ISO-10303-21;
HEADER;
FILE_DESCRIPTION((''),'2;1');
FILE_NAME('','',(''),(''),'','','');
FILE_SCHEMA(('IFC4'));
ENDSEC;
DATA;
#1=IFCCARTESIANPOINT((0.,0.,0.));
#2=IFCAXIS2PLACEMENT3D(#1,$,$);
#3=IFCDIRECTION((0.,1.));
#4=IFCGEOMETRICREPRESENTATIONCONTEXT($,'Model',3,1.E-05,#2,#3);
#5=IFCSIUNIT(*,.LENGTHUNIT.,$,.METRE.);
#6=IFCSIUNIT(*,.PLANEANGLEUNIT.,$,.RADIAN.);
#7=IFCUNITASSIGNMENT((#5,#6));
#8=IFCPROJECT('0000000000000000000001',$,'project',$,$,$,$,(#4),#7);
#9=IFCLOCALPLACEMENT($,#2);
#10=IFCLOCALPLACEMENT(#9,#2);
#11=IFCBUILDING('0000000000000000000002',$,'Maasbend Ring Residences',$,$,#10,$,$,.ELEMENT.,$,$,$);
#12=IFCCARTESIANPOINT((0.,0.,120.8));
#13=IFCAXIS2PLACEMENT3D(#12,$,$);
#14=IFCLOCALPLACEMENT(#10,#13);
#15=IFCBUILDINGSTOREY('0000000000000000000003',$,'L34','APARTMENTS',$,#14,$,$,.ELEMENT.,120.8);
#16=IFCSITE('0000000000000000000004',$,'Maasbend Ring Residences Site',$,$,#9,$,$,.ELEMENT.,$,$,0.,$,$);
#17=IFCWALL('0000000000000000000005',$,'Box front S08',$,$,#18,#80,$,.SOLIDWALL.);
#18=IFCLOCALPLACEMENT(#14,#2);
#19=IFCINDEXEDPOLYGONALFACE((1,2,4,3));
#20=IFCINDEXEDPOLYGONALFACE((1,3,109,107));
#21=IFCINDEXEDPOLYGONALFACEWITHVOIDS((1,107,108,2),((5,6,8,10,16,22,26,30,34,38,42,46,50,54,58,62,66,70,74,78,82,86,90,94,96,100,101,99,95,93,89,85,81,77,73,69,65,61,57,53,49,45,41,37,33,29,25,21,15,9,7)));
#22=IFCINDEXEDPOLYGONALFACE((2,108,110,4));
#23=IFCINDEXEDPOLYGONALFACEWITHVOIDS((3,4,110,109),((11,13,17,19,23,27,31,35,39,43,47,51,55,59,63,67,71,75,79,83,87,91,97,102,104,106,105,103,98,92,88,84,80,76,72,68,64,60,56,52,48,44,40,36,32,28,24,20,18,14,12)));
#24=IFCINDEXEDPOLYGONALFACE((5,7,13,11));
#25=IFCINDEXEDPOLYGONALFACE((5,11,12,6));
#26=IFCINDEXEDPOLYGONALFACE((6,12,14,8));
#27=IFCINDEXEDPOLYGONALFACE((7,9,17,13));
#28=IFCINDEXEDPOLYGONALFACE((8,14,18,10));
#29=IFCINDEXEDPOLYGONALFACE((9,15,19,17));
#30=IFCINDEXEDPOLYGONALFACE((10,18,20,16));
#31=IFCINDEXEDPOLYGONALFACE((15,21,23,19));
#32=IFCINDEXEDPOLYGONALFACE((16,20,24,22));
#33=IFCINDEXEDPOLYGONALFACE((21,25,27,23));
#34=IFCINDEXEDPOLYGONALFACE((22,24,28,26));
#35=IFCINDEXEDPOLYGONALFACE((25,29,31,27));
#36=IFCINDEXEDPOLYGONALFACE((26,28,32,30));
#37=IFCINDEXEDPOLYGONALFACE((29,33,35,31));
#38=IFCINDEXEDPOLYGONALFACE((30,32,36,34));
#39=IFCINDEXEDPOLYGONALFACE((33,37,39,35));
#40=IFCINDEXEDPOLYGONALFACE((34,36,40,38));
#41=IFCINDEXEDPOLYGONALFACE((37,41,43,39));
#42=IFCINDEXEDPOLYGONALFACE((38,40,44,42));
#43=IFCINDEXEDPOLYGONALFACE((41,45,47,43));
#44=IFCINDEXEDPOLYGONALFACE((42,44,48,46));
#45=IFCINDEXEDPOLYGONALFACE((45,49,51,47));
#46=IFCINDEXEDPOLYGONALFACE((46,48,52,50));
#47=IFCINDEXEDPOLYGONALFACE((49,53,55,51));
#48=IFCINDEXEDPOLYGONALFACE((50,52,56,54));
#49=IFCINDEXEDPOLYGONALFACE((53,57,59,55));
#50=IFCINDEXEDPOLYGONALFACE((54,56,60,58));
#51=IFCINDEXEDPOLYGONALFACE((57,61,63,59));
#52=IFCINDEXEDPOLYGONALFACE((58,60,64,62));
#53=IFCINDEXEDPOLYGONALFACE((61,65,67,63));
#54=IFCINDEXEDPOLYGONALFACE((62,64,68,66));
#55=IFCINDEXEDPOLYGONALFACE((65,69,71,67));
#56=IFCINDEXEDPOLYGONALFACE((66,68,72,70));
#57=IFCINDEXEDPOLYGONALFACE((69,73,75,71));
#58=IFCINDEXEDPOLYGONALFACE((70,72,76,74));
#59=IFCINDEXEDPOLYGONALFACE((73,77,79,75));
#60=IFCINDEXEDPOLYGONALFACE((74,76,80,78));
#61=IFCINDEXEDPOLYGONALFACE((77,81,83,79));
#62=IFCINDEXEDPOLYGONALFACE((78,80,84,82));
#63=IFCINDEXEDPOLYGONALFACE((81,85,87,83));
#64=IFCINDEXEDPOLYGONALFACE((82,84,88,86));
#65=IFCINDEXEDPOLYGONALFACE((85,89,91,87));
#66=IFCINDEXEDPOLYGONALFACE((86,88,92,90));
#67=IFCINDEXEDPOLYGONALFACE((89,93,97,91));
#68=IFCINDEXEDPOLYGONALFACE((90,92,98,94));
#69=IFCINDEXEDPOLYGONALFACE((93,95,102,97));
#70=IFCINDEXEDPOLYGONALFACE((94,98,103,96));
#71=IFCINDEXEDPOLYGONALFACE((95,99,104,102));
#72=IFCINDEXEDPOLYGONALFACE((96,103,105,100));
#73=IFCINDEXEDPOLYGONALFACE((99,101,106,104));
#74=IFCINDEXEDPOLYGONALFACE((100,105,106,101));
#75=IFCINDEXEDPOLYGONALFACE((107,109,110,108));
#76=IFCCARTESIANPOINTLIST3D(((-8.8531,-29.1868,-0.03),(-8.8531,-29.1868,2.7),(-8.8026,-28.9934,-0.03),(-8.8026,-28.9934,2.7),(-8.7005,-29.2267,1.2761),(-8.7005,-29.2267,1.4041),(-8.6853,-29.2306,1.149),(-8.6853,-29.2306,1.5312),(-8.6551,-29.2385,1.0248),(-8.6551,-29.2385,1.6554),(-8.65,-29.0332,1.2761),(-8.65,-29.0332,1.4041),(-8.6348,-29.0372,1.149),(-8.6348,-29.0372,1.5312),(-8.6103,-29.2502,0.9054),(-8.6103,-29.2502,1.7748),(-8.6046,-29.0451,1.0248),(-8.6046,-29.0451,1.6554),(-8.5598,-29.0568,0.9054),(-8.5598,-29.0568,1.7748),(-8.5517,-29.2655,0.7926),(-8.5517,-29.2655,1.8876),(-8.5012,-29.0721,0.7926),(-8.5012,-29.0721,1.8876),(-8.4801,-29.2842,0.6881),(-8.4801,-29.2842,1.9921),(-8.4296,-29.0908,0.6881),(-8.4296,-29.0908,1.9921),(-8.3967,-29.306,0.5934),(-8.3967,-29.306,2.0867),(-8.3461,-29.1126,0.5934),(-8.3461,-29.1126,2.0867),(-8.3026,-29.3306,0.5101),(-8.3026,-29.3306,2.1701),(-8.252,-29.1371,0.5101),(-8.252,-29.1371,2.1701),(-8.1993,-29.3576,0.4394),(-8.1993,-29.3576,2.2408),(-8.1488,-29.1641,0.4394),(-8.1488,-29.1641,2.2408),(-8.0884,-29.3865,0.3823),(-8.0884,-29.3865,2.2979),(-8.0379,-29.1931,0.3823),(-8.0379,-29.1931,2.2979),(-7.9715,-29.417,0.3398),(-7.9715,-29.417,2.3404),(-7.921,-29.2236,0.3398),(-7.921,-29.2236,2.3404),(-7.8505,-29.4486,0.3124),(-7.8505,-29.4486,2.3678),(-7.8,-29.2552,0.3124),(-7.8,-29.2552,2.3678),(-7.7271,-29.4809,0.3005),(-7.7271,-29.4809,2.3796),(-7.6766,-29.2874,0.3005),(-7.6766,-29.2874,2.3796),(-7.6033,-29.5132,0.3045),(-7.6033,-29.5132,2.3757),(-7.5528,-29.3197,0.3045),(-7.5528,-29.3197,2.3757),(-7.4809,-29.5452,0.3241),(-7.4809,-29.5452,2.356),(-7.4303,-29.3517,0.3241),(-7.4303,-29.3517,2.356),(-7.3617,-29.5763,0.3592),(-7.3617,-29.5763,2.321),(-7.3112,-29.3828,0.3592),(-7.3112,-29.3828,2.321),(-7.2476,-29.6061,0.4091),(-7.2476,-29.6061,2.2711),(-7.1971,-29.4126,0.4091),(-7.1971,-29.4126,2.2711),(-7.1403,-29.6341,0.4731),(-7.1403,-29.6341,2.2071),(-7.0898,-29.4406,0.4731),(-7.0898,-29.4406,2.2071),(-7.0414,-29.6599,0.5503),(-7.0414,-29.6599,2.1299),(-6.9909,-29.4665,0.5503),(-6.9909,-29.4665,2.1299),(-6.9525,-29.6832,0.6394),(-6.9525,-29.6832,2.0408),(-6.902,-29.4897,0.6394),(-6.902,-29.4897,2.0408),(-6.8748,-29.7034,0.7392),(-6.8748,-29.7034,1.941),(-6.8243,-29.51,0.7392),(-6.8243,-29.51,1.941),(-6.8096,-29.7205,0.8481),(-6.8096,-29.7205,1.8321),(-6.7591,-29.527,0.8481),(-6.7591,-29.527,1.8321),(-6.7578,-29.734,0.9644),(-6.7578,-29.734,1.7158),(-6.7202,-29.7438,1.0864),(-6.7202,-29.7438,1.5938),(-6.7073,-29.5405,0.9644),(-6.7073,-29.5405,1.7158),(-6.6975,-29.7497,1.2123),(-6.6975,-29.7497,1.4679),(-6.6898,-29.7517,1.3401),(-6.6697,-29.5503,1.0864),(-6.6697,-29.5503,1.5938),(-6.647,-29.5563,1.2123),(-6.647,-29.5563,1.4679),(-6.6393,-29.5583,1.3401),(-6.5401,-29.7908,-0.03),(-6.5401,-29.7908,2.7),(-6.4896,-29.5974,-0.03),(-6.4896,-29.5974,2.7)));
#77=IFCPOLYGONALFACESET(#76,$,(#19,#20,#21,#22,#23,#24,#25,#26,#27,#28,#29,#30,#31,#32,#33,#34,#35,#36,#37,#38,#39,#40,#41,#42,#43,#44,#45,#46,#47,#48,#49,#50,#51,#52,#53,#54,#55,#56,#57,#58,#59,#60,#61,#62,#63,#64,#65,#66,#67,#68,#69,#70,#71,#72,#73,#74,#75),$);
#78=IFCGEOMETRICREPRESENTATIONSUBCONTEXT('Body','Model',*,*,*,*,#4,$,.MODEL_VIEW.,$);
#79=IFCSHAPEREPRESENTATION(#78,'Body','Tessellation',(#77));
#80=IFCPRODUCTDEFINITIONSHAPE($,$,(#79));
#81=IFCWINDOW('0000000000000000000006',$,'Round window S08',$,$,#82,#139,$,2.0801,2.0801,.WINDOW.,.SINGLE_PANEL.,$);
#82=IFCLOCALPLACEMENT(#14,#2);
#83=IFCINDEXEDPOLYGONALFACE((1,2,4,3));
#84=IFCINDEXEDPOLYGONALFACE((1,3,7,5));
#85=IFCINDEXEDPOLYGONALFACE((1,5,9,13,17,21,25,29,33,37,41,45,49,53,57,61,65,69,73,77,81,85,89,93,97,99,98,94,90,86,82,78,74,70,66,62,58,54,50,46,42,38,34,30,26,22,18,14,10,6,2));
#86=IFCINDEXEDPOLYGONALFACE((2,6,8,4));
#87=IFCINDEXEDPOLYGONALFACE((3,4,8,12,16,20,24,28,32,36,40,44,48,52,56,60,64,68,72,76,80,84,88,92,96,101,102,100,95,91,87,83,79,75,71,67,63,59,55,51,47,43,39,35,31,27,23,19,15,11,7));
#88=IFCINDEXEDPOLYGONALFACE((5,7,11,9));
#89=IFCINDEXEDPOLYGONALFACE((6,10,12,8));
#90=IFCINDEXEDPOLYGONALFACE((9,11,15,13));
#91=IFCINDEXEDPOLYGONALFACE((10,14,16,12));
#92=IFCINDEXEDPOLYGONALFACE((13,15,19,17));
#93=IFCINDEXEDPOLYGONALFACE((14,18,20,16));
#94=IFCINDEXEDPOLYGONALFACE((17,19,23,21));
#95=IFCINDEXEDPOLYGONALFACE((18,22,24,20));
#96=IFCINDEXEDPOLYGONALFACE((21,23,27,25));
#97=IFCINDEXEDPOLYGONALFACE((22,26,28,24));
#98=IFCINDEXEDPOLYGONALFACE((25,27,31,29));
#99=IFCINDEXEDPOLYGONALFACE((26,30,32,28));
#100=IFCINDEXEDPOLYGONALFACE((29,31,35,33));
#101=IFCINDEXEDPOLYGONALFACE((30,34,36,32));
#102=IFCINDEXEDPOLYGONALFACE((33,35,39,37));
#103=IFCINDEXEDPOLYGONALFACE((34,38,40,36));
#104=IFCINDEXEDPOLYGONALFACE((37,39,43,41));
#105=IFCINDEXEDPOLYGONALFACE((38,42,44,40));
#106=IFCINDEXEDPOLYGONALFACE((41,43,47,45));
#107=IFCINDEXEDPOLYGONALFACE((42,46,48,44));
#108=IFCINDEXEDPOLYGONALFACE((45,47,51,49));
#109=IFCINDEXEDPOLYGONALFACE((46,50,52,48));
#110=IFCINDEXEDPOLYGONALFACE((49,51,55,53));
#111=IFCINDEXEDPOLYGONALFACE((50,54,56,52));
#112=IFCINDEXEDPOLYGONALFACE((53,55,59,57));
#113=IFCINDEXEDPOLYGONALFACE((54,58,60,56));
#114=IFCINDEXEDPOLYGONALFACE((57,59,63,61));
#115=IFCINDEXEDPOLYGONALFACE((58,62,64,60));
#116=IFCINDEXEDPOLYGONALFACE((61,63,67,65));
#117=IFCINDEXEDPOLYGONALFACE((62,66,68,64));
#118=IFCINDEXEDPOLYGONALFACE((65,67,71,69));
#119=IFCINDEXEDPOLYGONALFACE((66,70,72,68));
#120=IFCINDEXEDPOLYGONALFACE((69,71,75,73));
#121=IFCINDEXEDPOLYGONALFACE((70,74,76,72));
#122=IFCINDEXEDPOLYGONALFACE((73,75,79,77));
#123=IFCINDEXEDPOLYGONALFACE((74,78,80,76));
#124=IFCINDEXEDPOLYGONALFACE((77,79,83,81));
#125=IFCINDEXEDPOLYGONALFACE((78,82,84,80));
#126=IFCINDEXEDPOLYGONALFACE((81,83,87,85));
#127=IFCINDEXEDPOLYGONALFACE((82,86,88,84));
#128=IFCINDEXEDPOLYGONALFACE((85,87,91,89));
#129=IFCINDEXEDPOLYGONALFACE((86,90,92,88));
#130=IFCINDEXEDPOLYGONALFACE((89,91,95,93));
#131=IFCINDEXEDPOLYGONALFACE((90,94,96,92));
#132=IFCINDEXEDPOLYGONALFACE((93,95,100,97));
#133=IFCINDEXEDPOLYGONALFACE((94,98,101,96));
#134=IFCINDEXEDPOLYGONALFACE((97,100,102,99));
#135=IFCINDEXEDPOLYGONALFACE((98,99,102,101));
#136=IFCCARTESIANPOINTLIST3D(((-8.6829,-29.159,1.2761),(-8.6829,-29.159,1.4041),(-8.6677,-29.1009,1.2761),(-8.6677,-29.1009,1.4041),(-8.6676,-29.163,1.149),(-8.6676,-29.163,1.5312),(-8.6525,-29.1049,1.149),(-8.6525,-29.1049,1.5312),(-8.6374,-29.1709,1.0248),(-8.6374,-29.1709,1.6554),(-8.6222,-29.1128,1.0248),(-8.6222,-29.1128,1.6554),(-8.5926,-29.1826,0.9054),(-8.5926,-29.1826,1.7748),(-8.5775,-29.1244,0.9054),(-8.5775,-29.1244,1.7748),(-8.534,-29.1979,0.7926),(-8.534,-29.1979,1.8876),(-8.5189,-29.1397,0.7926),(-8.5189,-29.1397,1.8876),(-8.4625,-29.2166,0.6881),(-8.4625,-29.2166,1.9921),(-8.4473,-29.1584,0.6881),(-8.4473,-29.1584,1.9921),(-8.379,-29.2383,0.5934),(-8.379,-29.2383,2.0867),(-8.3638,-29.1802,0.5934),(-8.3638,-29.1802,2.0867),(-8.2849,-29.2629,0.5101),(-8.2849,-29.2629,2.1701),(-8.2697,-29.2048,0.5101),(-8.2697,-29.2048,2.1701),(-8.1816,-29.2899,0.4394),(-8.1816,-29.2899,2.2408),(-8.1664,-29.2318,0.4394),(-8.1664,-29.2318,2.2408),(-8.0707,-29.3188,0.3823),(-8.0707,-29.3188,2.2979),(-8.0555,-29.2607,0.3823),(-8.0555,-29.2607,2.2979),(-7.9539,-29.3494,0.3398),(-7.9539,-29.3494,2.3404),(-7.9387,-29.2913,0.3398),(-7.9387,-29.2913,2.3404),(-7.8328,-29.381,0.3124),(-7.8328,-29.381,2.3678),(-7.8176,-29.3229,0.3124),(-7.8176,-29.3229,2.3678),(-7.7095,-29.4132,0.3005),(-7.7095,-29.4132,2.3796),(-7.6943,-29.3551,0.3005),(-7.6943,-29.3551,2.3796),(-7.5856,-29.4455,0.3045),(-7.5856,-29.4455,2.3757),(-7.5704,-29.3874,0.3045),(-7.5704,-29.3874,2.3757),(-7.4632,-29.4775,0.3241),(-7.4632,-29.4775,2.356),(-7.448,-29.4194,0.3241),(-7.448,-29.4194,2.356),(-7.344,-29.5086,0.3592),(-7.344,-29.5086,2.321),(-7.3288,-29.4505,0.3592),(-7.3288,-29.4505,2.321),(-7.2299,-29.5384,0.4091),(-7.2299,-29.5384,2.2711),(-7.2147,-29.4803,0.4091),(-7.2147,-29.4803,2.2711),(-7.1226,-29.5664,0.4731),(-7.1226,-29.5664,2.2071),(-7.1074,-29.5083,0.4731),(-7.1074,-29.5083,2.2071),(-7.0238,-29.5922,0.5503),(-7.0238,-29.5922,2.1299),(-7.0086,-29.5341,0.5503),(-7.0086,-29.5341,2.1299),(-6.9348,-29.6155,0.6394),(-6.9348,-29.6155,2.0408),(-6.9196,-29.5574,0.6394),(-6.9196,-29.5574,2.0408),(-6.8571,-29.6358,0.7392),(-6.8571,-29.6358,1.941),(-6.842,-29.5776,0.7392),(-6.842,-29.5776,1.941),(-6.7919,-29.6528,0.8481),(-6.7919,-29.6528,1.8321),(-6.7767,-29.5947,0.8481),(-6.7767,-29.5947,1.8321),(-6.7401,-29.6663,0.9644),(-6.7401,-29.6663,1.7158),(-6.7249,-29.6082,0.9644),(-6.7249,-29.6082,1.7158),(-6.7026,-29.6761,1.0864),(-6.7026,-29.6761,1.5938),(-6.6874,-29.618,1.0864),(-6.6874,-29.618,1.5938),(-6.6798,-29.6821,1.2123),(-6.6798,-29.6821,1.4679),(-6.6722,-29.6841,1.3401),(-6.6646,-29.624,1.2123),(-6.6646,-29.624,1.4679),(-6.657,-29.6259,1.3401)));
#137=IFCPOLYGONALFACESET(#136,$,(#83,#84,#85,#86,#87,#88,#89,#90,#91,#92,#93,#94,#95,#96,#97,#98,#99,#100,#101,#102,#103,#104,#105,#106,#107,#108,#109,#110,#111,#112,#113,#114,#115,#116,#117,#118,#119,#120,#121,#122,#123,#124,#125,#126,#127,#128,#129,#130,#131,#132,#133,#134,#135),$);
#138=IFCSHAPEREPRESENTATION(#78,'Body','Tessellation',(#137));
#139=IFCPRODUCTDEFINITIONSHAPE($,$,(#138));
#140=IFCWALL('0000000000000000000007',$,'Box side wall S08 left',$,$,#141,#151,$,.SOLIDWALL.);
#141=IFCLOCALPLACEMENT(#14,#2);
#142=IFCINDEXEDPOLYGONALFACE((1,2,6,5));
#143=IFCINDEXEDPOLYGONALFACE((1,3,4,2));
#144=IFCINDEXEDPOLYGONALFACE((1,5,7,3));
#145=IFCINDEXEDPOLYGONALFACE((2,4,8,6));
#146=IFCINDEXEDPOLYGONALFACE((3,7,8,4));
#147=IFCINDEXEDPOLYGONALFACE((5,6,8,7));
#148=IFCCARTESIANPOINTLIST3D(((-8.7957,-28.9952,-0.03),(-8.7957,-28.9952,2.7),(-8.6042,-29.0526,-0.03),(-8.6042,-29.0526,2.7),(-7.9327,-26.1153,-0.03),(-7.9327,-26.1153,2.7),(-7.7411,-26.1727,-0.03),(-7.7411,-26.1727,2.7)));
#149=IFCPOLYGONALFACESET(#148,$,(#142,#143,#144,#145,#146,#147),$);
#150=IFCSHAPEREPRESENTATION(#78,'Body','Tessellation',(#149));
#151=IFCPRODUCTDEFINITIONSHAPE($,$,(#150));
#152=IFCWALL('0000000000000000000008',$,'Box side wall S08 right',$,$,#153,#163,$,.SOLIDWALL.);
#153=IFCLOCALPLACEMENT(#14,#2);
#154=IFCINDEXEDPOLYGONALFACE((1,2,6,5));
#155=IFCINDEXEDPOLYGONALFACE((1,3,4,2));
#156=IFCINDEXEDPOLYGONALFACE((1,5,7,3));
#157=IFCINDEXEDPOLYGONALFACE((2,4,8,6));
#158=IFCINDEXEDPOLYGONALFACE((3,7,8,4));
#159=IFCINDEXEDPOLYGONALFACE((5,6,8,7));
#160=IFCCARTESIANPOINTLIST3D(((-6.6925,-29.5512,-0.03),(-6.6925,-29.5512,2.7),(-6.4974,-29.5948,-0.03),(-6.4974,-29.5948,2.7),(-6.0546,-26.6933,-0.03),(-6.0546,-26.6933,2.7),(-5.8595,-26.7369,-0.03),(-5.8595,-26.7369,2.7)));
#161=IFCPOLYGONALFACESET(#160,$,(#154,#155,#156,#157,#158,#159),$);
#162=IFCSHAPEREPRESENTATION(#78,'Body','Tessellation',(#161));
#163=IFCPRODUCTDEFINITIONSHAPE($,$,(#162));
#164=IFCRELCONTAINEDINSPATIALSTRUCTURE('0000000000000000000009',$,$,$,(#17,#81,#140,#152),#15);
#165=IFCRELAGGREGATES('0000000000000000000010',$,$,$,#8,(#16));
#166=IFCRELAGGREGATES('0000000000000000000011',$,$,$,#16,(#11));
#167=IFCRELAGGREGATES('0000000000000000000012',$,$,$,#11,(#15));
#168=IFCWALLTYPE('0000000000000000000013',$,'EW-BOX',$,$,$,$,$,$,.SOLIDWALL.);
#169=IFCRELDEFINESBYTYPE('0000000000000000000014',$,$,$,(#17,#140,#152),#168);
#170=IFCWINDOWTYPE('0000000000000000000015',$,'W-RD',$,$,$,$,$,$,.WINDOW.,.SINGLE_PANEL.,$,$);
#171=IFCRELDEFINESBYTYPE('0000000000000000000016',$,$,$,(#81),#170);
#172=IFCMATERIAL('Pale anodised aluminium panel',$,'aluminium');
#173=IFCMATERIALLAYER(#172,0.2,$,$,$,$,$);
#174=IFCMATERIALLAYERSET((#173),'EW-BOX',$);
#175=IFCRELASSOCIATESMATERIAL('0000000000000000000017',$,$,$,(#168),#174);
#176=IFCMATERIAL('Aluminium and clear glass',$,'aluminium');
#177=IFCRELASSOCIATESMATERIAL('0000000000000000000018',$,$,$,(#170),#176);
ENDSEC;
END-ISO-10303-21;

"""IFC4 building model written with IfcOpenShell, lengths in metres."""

from ifc_helpers import new_model, si_unit, direction, frame, frame_2d, origin, place, context, subcontext, project, spatial, rectangle, circle, extrude, material, layer, layer_set, type_object, element, fill, save


model = new_model("IFC4")

# Units and contexts
model_context = context("Model", 3, precision=1e-05, world=origin(), true_north=direction((0.0, 1.0)))
body_context = subcontext(model_context, "Body", "Model", "MODEL_VIEW")
ifc_project = project(units=[si_unit("LENGTHUNIT", "METRE"), si_unit("PLANEANGLEUNIT", "RADIAN")], contexts=[model_context])

# Site, building, storey
site_placement = place(None, origin())
site = spatial("IfcSite", under=ifc_project, at=site_placement, Name="Maasbend Ring Residences Site", CompositionType="ELEMENT", RefElevation=0.0)
building_placement = place(site_placement, origin())
building = spatial("IfcBuilding", under=site, at=building_placement, Name="Maasbend Ring Residences", CompositionType="ELEMENT")
storey_placement = place(building_placement, frame((0.0, 0.0, 120.8)))
storey = spatial("IfcBuildingStorey", under=building, at=storey_placement, Name="L34", Description="APARTMENTS", CompositionType="ELEMENT", Elevation=120.8)

# Wall, opening, window
ifc_material_1 = material(Name="Pale anodised aluminium panel", Category="aluminium")
ifc_layer_1 = layer(ifc_material_1, 0.2)
ifc_layer_set_1 = layer_set([ifc_layer_1], Name="EW-BOX")
wall_type_1 = type_object("IfcWallType", Name="EW-BOX", PredefinedType="SOLIDWALL", material=ifc_layer_set_1)
wall_1_placement = place(storey_placement, frame((-8.8279, -29.0901, -0.03), z_axis=(0.0, 0.0, 1.0), x_axis=(0.967554, -0.252663, 0.0)))
wall_1 = element("IfcWall", 1, at=wall_1_placement, inside=storey, type_object=wall_type_1, Name="Box front S08", PredefinedType="SOLIDWALL", context=body_context, shape_type="SweptSolid", body=[
    extrude(rectangle(XDim=2.3906, YDim=0.2, at=frame_2d((1.1953, 0.0))), origin(), (0.0, 0.0, 1.0), 2.73),
])
opening_1_placement = place(wall_1_placement, frame((0.1558, 0.0, 0.3301)))
opening_1 = element("IfcOpeningElement", 2, at=opening_1_placement, cuts=wall_1, PredefinedType="OPENING", context=body_context, shape_type="SweptSolid", body=[
    extrude(circle(Radius=1.04, at=frame_2d((1.04, 1.04))), frame((0.0, 0.1099, 0.0), z_axis=(0.0, -1.0, 0.0), x_axis=(1.0, 0.0, 0.0)), (0.0, 0.0, 1.0), 0.22),
])
ifc_material_2 = material(Name="Aluminium and clear glass", Category="aluminium")
window_type_1 = type_object("IfcWindowType", Name="W-RD", PartitioningType="SINGLE_PANEL", PredefinedType="WINDOW", material=ifc_material_2)
window_1_placement = place(opening_1_placement, origin())
window_1 = element("IfcWindow", 3, at=window_1_placement, inside=storey, type_object=window_type_1, Name="Round window S08", OverallHeight=2.0801, OverallWidth=2.0801, PartitioningType="SINGLE_PANEL", PredefinedType="WINDOW", context=body_context, shape_type="SweptSolid", body=[
    extrude(circle(Radius=1.04, at=frame_2d((1.04, 1.04))), frame((0.0, 0.03, 0.0), z_axis=(0.0, -1.0, 0.0), x_axis=(1.0, 0.0, 0.0)), (0.0, 0.0, 1.0), 0.0601),
])
fill(opening_1, window_1)

# Walls
wall_2_placement = place(storey_placement, frame((-7.8369, -26.144, -0.03), z_axis=(0.0, 0.0, 1.0), x_axis=(-0.287065, -0.957911, 0.0)))
element("IfcWall", 4, at=wall_2_placement, inside=storey, type_object=wall_type_1, Name="Box side wall S08 left", PredefinedType="SOLIDWALL", context=body_context, shape_type="SweptSolid", body=[
    extrude(rectangle(XDim=3.0063, YDim=0.2, at=frame_2d((1.5032, 0.0))), origin(), (0.0, 0.0, 1.0), 2.73),
])
wall_3_placement = place(storey_placement, frame((-5.957, -26.7151, -0.03), z_axis=(0.0, 0.0, 1.0), x_axis=(-0.217857, -0.975981, 0.0)))
element("IfcWall", 5, at=wall_3_placement, inside=storey, type_object=wall_type_1, Name="Box side wall S08 right", PredefinedType="SOLIDWALL", context=body_context, shape_type="SweptSolid", body=[
    extrude(rectangle(XDim=2.9282, YDim=0.2, at=frame_2d((1.4641, 0.0))), origin(), (0.0, 0.0, 1.0), 2.73),
])

save(model, "model.ifc")
